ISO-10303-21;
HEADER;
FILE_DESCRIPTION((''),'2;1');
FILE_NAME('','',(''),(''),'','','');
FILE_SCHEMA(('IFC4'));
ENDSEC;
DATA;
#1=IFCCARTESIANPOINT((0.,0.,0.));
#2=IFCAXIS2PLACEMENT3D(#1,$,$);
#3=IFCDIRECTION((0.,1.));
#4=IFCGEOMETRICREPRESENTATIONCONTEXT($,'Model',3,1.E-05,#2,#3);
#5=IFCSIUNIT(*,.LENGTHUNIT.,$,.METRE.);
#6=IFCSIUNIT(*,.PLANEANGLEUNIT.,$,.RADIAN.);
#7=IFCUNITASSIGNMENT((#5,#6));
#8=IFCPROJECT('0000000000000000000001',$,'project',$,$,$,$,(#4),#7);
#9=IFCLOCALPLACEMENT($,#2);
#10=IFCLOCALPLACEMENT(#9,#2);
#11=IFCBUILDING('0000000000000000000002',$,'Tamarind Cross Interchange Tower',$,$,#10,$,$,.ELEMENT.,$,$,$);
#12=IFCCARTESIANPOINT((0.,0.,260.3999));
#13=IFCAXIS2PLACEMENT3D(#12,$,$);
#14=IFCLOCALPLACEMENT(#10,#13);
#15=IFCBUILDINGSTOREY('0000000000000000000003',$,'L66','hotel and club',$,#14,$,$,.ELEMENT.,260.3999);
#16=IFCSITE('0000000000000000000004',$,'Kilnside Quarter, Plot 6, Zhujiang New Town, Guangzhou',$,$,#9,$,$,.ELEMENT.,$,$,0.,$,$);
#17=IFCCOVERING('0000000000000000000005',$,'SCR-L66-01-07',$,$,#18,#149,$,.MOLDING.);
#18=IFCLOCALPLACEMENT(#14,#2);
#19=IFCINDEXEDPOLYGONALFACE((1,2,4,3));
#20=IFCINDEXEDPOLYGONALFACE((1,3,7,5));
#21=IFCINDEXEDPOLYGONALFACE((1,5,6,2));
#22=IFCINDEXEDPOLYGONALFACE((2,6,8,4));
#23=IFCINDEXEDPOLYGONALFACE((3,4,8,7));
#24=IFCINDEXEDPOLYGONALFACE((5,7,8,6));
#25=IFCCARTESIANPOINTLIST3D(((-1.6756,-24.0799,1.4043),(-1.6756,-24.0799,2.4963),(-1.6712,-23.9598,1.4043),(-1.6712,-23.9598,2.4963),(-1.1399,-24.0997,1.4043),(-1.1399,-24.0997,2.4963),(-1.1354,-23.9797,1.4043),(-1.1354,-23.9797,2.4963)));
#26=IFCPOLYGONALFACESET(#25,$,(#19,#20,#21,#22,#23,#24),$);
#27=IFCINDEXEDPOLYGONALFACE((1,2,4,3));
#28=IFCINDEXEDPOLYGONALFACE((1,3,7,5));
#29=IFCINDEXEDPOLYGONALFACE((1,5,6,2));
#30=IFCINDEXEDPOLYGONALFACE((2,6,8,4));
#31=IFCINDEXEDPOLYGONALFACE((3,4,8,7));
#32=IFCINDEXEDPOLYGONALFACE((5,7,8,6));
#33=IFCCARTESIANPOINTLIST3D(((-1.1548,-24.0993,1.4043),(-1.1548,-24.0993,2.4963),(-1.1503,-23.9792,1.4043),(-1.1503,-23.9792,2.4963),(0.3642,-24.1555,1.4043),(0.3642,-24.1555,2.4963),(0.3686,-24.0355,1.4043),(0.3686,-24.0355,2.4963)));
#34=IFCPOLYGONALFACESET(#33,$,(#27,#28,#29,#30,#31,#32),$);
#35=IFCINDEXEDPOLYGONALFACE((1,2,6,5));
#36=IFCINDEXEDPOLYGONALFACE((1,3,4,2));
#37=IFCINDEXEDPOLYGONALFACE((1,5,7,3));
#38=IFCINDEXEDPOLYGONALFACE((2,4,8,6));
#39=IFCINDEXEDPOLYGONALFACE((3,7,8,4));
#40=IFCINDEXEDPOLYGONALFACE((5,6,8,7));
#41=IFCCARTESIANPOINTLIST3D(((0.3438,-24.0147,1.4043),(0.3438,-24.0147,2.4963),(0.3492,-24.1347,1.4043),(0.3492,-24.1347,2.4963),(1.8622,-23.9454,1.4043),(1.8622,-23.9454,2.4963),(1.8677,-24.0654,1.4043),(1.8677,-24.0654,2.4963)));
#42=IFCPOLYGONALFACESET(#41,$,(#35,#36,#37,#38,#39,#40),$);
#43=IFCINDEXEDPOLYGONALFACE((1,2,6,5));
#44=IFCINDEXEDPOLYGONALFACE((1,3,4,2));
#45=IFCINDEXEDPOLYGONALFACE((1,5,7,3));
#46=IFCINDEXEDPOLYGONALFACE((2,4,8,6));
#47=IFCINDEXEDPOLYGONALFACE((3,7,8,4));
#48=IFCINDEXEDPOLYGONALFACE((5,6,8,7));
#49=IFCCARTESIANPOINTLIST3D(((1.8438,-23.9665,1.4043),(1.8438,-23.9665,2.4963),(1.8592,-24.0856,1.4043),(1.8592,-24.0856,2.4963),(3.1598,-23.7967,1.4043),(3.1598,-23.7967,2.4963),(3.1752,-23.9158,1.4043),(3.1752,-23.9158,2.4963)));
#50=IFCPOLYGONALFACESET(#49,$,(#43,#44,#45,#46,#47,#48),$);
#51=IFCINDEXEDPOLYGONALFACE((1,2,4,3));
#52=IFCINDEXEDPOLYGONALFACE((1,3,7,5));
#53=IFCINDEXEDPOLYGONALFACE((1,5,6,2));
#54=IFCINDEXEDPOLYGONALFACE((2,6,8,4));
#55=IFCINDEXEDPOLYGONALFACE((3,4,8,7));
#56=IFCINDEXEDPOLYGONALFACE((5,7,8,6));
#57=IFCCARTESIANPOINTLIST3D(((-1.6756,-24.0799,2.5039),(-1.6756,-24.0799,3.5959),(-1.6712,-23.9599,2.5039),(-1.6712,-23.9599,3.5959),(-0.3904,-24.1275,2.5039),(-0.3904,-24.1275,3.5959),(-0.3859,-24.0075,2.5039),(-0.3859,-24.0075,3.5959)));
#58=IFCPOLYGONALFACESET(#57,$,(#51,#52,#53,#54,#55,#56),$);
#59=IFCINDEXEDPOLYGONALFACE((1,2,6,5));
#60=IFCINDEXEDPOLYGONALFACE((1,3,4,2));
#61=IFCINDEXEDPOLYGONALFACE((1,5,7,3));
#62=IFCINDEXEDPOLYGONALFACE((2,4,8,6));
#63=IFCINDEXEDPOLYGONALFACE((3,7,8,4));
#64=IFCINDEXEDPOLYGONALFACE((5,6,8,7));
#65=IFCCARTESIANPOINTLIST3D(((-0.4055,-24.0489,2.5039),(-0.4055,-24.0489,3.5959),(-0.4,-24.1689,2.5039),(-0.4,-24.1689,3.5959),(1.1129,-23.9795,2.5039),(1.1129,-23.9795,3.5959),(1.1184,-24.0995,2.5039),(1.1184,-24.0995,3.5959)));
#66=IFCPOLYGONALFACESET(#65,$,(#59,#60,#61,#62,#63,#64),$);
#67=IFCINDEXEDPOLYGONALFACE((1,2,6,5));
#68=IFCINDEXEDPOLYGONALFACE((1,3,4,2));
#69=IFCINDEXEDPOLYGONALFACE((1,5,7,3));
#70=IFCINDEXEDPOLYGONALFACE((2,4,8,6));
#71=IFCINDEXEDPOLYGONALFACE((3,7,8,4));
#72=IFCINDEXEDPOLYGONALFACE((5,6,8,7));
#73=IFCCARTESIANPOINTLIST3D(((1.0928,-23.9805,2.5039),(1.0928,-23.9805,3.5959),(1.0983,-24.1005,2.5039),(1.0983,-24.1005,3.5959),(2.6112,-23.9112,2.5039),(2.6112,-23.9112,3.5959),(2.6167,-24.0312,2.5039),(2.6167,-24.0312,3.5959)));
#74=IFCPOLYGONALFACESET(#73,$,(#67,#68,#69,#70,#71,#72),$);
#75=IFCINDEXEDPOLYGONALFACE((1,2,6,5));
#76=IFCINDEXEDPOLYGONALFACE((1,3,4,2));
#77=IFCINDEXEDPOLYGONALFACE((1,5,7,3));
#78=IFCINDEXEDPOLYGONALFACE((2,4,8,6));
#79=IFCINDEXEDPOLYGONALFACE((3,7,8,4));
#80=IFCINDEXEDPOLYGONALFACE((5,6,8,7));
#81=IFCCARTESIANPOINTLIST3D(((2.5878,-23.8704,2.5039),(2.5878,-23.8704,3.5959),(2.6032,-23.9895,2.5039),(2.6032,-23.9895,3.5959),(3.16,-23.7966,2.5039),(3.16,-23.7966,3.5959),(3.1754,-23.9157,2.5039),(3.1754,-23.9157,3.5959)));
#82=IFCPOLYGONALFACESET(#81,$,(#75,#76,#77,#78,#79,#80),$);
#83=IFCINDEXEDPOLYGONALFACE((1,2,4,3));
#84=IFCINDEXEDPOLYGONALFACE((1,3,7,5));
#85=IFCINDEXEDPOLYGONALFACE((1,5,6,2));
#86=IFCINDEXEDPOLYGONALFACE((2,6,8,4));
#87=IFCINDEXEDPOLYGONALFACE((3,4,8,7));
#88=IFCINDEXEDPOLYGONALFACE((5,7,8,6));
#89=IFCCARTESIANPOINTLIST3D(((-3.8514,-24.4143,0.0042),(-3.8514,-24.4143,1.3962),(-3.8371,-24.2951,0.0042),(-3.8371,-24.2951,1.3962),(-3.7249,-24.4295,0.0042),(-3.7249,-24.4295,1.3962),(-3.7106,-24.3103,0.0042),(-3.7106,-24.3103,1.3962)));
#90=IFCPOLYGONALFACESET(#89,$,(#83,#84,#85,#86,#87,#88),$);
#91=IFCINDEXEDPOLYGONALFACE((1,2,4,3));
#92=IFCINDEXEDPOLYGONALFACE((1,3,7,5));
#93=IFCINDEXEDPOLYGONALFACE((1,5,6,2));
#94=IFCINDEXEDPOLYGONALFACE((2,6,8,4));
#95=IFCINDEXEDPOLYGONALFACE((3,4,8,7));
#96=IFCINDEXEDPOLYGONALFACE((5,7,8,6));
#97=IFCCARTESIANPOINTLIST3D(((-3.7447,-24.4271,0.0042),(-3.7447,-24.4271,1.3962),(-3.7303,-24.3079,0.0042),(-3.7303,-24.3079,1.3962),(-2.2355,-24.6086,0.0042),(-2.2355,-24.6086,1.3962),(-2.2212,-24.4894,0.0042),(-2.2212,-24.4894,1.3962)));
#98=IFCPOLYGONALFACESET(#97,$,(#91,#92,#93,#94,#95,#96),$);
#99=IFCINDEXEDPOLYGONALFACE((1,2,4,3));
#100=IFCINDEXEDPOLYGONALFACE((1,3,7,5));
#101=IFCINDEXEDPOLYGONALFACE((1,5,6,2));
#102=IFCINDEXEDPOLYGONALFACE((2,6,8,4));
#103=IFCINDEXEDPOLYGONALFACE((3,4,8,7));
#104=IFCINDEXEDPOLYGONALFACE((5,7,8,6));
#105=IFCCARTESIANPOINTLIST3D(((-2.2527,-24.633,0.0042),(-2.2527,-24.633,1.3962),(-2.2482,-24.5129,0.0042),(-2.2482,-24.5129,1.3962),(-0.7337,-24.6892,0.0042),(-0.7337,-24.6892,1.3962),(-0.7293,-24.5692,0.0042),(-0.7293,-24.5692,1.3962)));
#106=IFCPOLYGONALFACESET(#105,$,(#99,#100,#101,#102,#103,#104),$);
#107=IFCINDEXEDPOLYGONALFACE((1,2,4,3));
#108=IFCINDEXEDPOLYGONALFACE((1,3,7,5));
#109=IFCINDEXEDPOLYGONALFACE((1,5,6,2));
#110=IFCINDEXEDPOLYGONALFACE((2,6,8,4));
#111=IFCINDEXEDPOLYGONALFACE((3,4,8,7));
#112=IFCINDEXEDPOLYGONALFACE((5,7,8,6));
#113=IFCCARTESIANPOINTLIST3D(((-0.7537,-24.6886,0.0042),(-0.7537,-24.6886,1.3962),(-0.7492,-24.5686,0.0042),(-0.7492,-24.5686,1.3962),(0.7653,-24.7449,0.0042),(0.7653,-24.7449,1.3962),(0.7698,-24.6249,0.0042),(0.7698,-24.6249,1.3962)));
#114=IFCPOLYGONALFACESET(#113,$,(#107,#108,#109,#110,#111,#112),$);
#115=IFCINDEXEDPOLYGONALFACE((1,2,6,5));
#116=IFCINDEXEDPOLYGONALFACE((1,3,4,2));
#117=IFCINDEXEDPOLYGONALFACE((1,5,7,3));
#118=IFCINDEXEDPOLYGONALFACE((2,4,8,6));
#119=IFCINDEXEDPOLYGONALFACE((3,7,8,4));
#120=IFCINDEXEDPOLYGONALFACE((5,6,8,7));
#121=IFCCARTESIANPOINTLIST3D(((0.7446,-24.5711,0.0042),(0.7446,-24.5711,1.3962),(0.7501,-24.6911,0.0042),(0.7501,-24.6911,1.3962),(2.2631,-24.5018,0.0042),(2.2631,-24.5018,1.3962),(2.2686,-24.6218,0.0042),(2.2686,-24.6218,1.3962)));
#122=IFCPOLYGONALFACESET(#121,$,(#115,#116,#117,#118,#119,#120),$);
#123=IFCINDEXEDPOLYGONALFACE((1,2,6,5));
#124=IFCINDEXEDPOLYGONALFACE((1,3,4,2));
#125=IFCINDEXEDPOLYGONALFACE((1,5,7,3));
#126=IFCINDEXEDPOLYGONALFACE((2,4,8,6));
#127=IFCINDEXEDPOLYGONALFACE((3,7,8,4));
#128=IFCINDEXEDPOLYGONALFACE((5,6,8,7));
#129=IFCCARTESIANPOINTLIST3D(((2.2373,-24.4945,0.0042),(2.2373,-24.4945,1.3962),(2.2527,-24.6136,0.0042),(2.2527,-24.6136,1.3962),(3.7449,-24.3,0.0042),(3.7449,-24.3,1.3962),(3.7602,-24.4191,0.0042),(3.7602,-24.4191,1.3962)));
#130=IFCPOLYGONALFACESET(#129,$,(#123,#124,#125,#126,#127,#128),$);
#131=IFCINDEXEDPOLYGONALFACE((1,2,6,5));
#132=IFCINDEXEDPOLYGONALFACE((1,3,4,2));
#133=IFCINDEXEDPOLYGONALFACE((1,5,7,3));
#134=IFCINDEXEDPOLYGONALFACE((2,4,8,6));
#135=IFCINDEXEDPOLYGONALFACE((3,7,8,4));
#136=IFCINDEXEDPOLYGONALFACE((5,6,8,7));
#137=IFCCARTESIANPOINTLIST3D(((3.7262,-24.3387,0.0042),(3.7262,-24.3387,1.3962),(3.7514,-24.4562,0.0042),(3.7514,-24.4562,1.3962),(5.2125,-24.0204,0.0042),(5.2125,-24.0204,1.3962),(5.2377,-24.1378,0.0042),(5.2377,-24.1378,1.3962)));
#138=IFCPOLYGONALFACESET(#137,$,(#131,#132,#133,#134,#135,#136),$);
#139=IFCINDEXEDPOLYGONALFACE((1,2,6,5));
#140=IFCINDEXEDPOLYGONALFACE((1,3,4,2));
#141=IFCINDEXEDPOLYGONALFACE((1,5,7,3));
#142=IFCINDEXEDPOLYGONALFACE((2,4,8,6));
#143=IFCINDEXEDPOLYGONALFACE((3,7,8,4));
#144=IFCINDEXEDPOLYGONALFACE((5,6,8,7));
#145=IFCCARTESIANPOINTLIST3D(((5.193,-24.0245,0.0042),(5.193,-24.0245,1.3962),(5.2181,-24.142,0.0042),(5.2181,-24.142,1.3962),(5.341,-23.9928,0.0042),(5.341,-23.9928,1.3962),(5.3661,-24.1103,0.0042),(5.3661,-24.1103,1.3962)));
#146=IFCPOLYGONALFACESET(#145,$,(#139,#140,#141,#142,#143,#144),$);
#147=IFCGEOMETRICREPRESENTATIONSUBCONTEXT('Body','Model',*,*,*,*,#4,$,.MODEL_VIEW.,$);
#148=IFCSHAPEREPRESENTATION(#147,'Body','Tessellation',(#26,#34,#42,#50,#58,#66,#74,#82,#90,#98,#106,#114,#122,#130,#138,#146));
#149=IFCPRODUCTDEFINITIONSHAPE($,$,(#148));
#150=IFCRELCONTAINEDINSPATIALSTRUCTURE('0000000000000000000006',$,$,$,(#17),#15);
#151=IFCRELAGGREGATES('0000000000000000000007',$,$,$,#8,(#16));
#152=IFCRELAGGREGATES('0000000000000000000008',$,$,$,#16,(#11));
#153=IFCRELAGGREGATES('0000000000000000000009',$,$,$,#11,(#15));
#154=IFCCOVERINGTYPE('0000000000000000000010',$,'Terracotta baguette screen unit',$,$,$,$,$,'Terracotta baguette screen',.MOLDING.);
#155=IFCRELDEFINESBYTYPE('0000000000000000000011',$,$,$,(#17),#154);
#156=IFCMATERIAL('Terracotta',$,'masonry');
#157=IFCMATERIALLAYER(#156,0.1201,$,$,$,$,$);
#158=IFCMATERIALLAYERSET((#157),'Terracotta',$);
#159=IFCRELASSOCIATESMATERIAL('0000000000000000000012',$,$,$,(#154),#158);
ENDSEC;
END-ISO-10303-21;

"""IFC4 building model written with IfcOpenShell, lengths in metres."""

from ifc_helpers import new_model, si_unit, direction, frame, origin, origin_2d, place, context, subcontext, project, spatial, rectangle, extrude, material, layer, layer_set, type_object, element, save


model = new_model("IFC4")

# Units and contexts
model_context = context("Model", 3, precision=1e-05, world=origin(), true_north=direction((0.0, 1.0)))
body_context = subcontext(model_context, "Body", "Model", "MODEL_VIEW")
ifc_project = project(units=[si_unit("LENGTHUNIT", "METRE"), si_unit("PLANEANGLEUNIT", "RADIAN")], contexts=[model_context])

# Site, building, storey
site_placement = place(None, origin())
site = spatial("IfcSite", under=ifc_project, at=site_placement, Name="Kilnside Quarter, Plot 6, Zhujiang New Town, Guangzhou", CompositionType="ELEMENT", RefElevation=0.0)
building_placement = place(site_placement, origin())
building = spatial("IfcBuilding", under=site, at=building_placement, Name="Tamarind Cross Interchange Tower", CompositionType="ELEMENT")
storey_placement = place(building_placement, frame((0.0, 0.0, 260.3999)))
storey = spatial("IfcBuildingStorey", under=building, at=storey_placement, Name="L66", Description="hotel and club", CompositionType="ELEMENT", Elevation=260.3999)

# Covering
ifc_material_1 = material(Name="Terracotta", Category="masonry")
ifc_layer_1 = layer(ifc_material_1, 0.1201)
ifc_layer_set_1 = layer_set([ifc_layer_1], Name="Terracotta")
covering_type = type_object("IfcCoveringType", Name="Terracotta baguette screen unit", ElementType="Terracotta baguette screen", PredefinedType="MOLDING", material=ifc_layer_set_1)
covering_1_placement = place(storey_placement, origin())
element("IfcCovering", 1, at=covering_1_placement, inside=storey, type_object=covering_type, Name="SCR-L66-01-07", PredefinedType="MOLDING", context=body_context, shape_type="SweptSolid", body=[
    extrude(rectangle(XDim=0.5361, YDim=0.1201, at=origin_2d()), frame((-1.4055, -24.0298, 1.4043), z_axis=(0.0, 0.0, 1.0), x_axis=(0.999314, -0.037025, 0.0)), (0.0, 0.0, 1.0), 1.092),
    extrude(rectangle(XDim=1.52, YDim=0.1201, at=origin_2d()), frame((-0.3931, -24.0674, 1.4043), z_axis=(0.0, 0.0, 1.0), x_axis=(0.999314, -0.037025, 0.0)), (0.0, 0.0, 1.0), 1.092),
    extrude(rectangle(XDim=1.52, YDim=0.1201, at=origin_2d()), frame((1.1057, -24.04, 1.4043), z_axis=(0.0, 0.0, 1.0), x_axis=(0.998959, 0.045624, 0.0)), (0.0, 0.0, 1.0), 1.092),
    extrude(rectangle(XDim=1.3269, YDim=0.1201, at=origin_2d()), frame((2.5095, -23.9412, 1.4043), z_axis=(0.0, 0.0, 1.0), x_axis=(0.991779, 0.127962, 0.0)), (0.0, 0.0, 1.0), 1.092),
    extrude(rectangle(XDim=1.2861, YDim=0.1201, at=origin_2d()), frame((-1.0308, -24.0437, 2.5039), z_axis=(0.0, 0.0, 1.0), x_axis=(0.999314, -0.037025, 0.0)), (0.0, 0.0, 1.0), 1.092),
    extrude(rectangle(XDim=1.52, YDim=0.1201, at=origin_2d()), frame((0.3564, -24.0742, 2.5039), z_axis=(0.0, 0.0, 1.0), x_axis=(0.998959, 0.045624, 0.0)), (0.0, 0.0, 1.0), 1.092),
    extrude(rectangle(XDim=1.52, YDim=0.1201, at=origin_2d()), frame((1.8547, -24.0059, 2.5039), z_axis=(0.0, 0.0, 1.0), x_axis=(0.998959, 0.045624, 0.0)), (0.0, 0.0, 1.0), 1.092),
    extrude(rectangle(XDim=0.5769, YDim=0.1201, at=origin_2d()), frame((2.8816, -23.8931, 2.5039), z_axis=(0.0, 0.0, 1.0), x_axis=(0.991779, 0.127962, 0.0)), (0.0, 0.0, 1.0), 1.092),
    extrude(rectangle(XDim=0.1274, YDim=0.1201, at=origin_2d()), frame((-3.781, -24.3623, 0.0042), z_axis=(0.0, 0.0, 1.0), x_axis=(0.992844, -0.119421, 0.0)), (0.0, 0.0, 1.0), 1.3921),
    extrude(rectangle(XDim=1.52, YDim=0.1201, at=origin_2d()), frame((-2.9829, -24.4583, 0.0042), z_axis=(0.0, 0.0, 1.0), x_axis=(0.992844, -0.119421, 0.0)), (0.0, 0.0, 1.0), 1.3921),
    extrude(rectangle(XDim=1.52, YDim=0.1201, at=origin_2d()), frame((-1.491, -24.6011, 0.0042), z_axis=(0.0, 0.0, 1.0), x_axis=(0.999314, -0.037025, 0.0)), (0.0, 0.0, 1.0), 1.3921),
    extrude(rectangle(XDim=1.52, YDim=0.1201, at=origin_2d()), frame((0.0081, -24.6567, 0.0042), z_axis=(0.0, 0.0, 1.0), x_axis=(0.999314, -0.037025, 0.0)), (0.0, 0.0, 1.0), 1.3921),
    extrude(rectangle(XDim=1.52, YDim=0.1201, at=origin_2d()), frame((1.5066, -24.5964, 0.0042), z_axis=(0.0, 0.0, 1.0), x_axis=(0.998959, 0.045624, 0.0)), (0.0, 0.0, 1.0), 1.3921),
    extrude(rectangle(XDim=1.52, YDim=0.1201, at=origin_2d()), frame((2.9988, -24.4568, 0.0042), z_axis=(0.0, 0.0, 1.0), x_axis=(0.991779, 0.127962, 0.0)), (0.0, 0.0, 1.0), 1.3921),
    extrude(rectangle(XDim=1.52, YDim=0.1201, at=origin_2d()), frame((4.4819, -24.2383, 0.0042), z_axis=(0.0, 0.0, 1.0), x_axis=(0.977825, 0.209425, 0.0)), (0.0, 0.0, 1.0), 1.3921),
    extrude(rectangle(XDim=0.1514, YDim=0.1201, at=origin_2d()), frame((5.2795, -24.0674, 0.0042), z_axis=(0.0, 0.0, 1.0), x_axis=(0.977825, 0.209425, 0.0)), (0.0, 0.0, 1.0), 1.3921),
])

save(model, "model.ifc")
